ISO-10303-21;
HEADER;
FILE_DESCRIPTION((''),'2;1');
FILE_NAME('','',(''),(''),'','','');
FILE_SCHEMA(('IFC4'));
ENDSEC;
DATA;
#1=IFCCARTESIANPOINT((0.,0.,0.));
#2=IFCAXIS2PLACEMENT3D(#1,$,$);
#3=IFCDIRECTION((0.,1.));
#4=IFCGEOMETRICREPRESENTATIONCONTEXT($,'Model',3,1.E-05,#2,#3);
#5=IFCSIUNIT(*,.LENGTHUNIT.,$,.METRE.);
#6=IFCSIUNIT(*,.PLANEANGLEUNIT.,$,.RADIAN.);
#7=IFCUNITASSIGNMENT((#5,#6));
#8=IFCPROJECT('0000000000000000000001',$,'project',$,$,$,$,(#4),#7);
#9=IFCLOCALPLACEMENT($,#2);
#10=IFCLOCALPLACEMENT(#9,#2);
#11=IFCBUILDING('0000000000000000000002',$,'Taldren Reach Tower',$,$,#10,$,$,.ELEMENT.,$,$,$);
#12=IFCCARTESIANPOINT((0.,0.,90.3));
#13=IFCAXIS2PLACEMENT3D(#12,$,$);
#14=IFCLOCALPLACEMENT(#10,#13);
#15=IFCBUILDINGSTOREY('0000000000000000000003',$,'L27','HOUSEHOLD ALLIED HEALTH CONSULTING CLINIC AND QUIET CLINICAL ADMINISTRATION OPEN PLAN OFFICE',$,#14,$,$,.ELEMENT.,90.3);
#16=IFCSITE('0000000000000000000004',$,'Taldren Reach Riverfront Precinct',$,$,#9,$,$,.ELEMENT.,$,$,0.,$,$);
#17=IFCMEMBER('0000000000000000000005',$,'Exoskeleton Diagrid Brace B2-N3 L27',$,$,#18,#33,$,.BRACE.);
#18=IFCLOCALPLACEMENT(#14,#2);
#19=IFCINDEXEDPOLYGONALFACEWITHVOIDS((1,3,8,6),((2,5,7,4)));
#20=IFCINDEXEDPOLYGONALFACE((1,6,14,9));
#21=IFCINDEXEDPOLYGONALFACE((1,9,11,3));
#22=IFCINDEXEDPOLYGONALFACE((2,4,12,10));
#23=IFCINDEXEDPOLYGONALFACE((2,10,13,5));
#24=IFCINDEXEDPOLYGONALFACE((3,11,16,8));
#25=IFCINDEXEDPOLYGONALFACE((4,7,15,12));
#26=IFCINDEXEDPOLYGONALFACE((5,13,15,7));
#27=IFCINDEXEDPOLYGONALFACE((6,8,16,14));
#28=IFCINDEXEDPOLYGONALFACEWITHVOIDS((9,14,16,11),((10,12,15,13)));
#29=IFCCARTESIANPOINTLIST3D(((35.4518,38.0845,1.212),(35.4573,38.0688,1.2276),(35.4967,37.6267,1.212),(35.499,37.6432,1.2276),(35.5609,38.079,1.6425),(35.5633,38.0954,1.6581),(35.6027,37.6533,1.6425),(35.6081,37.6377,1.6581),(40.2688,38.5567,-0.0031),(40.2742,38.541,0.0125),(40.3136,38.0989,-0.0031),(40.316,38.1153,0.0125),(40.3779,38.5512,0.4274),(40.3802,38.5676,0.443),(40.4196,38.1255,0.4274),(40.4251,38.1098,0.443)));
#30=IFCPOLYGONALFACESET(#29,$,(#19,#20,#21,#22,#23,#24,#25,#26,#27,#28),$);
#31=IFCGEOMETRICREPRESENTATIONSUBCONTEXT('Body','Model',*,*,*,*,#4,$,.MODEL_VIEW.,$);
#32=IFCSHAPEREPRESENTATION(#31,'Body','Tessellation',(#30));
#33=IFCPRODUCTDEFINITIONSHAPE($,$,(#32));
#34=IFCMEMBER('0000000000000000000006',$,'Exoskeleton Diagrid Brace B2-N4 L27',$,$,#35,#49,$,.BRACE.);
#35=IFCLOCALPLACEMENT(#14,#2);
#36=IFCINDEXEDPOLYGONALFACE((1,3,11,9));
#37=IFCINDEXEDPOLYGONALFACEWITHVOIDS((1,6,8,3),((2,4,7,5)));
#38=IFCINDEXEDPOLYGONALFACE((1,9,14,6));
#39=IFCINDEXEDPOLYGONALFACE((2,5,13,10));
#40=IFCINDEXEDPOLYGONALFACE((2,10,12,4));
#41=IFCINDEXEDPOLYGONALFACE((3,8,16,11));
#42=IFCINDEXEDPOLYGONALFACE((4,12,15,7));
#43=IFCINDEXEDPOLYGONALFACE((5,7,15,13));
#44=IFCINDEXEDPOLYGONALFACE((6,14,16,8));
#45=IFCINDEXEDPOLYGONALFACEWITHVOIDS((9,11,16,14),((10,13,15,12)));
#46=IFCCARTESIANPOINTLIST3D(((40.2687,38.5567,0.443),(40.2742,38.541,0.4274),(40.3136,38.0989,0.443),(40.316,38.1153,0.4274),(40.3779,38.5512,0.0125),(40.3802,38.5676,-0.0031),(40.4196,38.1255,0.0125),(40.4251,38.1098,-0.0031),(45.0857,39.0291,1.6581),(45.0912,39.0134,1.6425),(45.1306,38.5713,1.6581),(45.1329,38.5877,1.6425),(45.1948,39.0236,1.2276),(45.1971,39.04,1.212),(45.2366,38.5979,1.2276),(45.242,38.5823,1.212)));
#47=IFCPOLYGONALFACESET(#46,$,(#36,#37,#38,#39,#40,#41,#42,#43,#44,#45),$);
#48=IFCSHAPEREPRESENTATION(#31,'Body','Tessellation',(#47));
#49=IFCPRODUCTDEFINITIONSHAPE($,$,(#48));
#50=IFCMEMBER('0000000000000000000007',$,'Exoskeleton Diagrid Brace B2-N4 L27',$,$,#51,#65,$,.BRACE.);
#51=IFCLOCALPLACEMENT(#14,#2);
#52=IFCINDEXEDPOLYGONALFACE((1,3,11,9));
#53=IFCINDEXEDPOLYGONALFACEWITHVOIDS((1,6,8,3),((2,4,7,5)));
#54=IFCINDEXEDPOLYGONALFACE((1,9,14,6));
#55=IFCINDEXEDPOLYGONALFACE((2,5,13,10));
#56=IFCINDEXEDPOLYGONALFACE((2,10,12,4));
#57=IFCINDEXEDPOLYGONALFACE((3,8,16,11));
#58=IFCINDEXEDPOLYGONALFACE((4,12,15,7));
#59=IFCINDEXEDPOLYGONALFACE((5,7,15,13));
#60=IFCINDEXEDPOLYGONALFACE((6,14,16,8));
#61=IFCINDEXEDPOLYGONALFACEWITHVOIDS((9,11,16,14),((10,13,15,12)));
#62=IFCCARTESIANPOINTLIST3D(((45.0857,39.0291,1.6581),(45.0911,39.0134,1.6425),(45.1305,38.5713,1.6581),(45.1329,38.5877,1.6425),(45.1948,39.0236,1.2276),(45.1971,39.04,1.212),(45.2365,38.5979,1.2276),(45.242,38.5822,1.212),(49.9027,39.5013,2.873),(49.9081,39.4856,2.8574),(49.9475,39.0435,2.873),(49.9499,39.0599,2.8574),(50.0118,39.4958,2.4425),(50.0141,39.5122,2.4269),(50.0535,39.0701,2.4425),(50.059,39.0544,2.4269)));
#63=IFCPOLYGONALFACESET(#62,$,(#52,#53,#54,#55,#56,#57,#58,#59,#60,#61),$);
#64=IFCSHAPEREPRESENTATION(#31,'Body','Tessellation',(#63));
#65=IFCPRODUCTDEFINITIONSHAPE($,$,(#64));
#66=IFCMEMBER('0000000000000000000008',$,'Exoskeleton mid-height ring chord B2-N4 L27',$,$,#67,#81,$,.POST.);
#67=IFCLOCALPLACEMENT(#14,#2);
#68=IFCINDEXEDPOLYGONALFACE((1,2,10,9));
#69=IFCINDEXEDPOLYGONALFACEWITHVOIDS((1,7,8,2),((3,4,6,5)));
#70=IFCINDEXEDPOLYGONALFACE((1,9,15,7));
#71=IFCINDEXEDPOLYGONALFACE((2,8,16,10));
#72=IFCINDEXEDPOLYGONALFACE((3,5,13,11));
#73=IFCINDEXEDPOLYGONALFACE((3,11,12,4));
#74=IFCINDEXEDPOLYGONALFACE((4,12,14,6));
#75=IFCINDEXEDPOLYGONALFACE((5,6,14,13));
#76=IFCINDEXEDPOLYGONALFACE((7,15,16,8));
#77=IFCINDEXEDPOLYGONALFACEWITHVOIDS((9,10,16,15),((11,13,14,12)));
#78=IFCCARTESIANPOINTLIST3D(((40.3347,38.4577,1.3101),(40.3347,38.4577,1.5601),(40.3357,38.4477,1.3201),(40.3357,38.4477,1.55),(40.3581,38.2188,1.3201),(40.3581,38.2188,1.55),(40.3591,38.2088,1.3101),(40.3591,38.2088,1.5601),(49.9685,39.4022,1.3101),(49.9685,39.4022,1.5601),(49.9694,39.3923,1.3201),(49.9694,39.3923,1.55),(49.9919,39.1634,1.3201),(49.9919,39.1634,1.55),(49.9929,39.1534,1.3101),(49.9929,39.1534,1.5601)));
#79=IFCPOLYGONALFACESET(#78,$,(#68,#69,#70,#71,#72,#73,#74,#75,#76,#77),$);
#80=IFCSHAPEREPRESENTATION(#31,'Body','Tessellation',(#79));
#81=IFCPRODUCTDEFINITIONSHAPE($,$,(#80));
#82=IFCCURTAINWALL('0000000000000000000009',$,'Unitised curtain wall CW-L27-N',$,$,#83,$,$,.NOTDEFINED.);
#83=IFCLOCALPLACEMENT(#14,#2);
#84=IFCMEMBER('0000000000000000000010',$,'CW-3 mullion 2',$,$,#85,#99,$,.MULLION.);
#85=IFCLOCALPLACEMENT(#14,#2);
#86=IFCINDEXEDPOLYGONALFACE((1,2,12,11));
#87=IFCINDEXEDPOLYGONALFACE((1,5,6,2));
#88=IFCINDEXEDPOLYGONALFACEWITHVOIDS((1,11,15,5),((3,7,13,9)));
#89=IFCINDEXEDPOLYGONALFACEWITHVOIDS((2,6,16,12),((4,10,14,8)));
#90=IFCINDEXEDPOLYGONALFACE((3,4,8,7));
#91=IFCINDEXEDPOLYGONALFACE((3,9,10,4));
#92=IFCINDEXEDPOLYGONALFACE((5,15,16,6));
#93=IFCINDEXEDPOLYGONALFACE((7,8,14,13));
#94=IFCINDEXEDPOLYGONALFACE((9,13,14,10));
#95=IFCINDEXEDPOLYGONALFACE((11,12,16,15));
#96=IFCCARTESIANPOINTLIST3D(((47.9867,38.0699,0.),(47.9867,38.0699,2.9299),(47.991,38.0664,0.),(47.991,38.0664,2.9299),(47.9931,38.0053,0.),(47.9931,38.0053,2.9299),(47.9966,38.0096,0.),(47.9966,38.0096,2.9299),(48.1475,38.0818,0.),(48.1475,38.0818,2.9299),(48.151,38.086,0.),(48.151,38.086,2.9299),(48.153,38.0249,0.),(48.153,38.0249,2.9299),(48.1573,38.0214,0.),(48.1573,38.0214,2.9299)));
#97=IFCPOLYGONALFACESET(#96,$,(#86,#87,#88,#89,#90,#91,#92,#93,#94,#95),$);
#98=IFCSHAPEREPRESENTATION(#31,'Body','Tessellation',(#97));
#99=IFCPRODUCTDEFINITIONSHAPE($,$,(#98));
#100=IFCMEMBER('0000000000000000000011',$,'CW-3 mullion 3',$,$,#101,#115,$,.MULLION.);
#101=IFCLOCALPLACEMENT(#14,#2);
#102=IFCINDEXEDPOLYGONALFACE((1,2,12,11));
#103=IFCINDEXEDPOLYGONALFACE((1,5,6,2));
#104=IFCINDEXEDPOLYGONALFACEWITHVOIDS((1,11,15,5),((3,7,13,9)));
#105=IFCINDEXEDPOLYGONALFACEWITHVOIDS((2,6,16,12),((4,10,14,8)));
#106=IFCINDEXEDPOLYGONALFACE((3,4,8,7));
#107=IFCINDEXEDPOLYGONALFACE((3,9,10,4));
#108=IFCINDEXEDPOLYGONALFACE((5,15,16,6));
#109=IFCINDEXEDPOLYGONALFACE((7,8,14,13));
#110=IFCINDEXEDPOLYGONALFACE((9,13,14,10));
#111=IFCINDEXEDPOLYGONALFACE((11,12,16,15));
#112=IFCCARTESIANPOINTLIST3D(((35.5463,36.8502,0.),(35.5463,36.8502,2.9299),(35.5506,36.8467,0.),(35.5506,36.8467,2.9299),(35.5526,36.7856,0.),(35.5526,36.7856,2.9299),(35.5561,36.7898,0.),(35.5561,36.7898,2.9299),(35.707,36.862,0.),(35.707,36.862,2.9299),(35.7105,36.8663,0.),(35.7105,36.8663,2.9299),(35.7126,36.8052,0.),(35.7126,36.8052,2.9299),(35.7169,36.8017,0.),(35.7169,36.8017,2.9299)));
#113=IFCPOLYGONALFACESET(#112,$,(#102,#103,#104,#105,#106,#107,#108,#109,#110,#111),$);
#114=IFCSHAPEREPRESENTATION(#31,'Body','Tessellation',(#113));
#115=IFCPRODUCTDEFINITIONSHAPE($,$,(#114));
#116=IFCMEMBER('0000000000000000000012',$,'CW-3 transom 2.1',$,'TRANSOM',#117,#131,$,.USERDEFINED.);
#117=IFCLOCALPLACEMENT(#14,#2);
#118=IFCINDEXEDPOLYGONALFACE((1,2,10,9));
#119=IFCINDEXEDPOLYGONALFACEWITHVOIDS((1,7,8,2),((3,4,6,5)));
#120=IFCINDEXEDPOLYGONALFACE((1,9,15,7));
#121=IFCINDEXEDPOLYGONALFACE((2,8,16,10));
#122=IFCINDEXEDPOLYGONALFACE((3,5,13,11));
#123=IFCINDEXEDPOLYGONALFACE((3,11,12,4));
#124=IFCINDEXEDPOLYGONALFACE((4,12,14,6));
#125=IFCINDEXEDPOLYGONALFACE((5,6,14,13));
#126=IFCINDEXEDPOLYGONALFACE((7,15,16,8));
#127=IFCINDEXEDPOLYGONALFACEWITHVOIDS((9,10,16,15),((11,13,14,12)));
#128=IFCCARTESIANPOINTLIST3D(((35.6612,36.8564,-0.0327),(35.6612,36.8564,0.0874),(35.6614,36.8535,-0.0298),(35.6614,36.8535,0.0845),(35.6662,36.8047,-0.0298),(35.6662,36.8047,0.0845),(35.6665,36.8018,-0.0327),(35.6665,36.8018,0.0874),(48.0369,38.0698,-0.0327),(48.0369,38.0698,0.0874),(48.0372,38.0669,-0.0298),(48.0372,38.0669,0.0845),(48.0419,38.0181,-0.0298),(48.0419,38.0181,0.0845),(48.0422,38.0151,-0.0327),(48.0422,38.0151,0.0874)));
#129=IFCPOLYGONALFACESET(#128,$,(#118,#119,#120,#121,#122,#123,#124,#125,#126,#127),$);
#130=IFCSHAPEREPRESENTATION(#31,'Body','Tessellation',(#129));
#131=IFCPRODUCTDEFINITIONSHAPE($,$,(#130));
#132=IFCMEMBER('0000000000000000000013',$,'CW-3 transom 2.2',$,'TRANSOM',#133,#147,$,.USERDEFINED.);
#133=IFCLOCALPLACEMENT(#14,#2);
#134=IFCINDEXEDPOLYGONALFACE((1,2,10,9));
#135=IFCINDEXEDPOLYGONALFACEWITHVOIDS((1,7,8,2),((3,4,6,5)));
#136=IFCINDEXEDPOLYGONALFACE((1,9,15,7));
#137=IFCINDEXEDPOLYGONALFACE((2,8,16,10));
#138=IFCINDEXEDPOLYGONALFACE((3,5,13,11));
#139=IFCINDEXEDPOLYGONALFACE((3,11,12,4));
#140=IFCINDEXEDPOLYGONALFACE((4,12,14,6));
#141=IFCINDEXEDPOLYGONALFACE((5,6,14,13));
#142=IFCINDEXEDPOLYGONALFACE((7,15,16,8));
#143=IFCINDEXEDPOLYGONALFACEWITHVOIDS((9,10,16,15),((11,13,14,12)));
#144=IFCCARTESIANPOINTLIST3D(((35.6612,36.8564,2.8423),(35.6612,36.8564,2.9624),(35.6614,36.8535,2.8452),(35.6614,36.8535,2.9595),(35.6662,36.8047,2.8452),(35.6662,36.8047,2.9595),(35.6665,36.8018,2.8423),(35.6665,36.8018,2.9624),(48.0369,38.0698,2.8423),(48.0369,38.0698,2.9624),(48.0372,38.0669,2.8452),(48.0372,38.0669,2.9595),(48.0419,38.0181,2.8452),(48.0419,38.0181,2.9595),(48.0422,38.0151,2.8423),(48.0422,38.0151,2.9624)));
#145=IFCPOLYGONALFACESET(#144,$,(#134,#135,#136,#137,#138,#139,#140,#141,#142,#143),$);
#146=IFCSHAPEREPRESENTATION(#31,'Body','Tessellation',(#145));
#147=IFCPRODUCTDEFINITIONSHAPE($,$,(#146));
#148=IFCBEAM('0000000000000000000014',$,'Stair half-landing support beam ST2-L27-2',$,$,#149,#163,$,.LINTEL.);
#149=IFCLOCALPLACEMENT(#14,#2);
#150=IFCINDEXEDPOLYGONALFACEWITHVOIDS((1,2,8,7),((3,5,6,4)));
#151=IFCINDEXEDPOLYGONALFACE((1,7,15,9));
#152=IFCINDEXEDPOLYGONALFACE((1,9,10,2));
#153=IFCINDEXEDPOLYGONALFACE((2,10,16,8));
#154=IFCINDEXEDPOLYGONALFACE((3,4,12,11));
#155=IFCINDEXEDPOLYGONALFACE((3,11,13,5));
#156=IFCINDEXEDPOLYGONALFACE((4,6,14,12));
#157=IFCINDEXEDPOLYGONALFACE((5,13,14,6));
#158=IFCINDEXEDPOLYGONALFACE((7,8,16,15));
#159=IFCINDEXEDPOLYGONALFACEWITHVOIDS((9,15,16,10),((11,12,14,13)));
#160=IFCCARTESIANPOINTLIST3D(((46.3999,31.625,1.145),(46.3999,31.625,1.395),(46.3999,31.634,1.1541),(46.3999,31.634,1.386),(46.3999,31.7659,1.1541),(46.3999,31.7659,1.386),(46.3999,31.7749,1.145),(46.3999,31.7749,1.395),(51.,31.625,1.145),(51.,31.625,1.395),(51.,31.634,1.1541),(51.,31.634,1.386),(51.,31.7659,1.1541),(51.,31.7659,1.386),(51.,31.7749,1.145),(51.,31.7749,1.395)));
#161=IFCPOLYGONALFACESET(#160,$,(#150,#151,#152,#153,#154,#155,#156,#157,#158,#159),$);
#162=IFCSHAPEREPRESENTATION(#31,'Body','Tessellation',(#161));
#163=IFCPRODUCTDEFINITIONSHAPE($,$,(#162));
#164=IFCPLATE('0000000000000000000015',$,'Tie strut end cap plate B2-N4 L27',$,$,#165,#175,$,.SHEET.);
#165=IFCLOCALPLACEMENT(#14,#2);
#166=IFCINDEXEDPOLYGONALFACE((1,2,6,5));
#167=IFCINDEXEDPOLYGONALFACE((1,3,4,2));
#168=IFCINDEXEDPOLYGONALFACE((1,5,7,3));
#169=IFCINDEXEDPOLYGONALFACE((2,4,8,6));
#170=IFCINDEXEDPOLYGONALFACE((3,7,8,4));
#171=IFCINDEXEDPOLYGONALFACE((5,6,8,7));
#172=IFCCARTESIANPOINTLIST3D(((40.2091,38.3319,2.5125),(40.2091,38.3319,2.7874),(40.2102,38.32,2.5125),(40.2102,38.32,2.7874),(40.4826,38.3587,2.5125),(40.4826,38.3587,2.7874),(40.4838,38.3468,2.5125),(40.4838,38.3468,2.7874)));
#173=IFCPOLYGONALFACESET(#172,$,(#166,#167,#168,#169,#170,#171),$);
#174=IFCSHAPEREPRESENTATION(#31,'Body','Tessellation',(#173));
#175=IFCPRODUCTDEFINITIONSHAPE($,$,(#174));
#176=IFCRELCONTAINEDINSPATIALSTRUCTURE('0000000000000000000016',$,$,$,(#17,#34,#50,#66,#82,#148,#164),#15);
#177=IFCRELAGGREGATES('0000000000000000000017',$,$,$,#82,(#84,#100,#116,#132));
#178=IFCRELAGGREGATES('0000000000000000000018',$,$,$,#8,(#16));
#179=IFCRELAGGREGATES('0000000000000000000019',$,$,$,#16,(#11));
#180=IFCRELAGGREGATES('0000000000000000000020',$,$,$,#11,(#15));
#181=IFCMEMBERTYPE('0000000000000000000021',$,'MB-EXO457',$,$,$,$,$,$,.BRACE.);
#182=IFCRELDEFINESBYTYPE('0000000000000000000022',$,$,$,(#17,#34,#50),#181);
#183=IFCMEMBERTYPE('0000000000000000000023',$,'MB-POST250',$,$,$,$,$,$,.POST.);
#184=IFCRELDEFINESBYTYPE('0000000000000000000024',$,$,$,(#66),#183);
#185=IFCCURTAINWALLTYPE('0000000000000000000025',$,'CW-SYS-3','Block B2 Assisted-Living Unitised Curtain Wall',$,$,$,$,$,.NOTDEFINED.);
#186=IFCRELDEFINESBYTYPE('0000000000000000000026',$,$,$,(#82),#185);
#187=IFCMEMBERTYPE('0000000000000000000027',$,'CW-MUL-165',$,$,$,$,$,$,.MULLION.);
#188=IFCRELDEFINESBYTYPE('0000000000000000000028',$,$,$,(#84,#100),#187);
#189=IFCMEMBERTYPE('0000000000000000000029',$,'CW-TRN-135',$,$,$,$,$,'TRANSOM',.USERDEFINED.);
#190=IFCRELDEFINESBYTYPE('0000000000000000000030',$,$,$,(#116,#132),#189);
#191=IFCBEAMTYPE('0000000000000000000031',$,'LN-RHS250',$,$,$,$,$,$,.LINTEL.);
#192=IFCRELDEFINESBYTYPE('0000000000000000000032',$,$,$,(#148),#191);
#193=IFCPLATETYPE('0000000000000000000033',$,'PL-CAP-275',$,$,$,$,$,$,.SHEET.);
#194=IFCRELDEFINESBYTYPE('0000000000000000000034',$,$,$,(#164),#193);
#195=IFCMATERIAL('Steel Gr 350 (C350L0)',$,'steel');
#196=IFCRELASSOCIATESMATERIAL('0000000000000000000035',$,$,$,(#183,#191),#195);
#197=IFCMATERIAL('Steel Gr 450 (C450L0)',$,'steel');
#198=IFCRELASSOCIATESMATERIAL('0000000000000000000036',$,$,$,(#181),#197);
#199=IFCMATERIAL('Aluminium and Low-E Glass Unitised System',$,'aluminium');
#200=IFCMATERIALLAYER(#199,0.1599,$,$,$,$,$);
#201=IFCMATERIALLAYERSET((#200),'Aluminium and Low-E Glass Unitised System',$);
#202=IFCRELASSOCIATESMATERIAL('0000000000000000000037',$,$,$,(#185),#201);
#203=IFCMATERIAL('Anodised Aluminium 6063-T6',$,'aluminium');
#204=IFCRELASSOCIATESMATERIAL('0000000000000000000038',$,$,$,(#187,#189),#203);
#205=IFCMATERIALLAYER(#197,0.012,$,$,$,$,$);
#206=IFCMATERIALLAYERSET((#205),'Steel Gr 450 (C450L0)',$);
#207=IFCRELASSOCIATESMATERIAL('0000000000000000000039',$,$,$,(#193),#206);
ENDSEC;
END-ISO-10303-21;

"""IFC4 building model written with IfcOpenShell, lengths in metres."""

from ifc_helpers import new_model, si_unit, direction, frame, origin, origin_2d, place, context, subcontext, project, spatial, rectangle, hollow_rectangle, extrude, source, transform, mapped, material, layer, layer_set, material_profile, profile_set, type_object, element, aggregate, save


model = new_model("IFC4")

# Units and contexts
model_context = context("Model", 3, precision=1e-05, world=origin(), true_north=direction((0.0, 1.0)))
body_context = subcontext(model_context, "Body", "Model", "MODEL_VIEW")
ifc_project = project(units=[si_unit("LENGTHUNIT", "METRE"), si_unit("PLANEANGLEUNIT", "RADIAN")], contexts=[model_context])

# Site, building, storey
site_placement = place(None, origin())
site = spatial("IfcSite", under=ifc_project, at=site_placement, Name="Taldren Reach Riverfront Precinct", CompositionType="ELEMENT", RefElevation=0.0)
building_placement = place(site_placement, origin())
building = spatial("IfcBuilding", under=site, at=building_placement, Name="Taldren Reach Tower", CompositionType="ELEMENT")
storey_placement = place(building_placement, frame((0.0, 0.0, 90.3)))
storey = spatial("IfcBuildingStorey", under=building, at=storey_placement, Name="L27", Description="HOUSEHOLD ALLIED HEALTH CONSULTING CLINIC AND QUIET CLINICAL ADMINISTRATION OPEN PLAN OFFICE", CompositionType="ELEMENT", Elevation=90.3)

# Shared definitions
ifc_material_1 = material(Name="Steel Gr 450 (C450L0)", Category="steel")
ifc_material_2 = material(Name="Steel Gr 350 (C350L0)", Category="steel")
ifc_material_profile_1 = material_profile(ifc_material_2, hollow_rectangle(XDim=0.25, YDim=0.25, WallThickness=0.01, at=origin_2d()), Name="250x250x10.0SHS")
ifc_profile_set_1 = profile_set([ifc_material_profile_1], Name="Steel Gr 350 (C350L0)")
member_type_1 = type_object("IfcMemberType", Name="MB-POST250", PredefinedType="POST", material=ifc_profile_set_1)

# Members
ifc_material_profile_2 = material_profile(ifc_material_1, hollow_rectangle(XDim=0.46, YDim=0.46, WallThickness=0.0161, at=origin_2d()), Name="460x460x16.0SHS")
ifc_profile_set_2 = profile_set([ifc_material_profile_2], Name="Steel Gr 450 (C450L0)")
member_type_2 = type_object("IfcMemberType", Name="MB-EXO457", PredefinedType="BRACE", material=ifc_profile_set_2)
shared_shape_1 = source(origin(), body_context, "Body", "SweptSolid", [
    extrude(hollow_rectangle(XDim=0.46, YDim=0.46, WallThickness=0.0161, at=origin_2d()), origin(), (0.0, 0.0, 1.0), 4.9902),
])
for number, where, z_axis, x_axis, name in (
    (1, (40.3469, 38.3333, 0.22), (-0.965276, -0.09462, 0.243496), (0.097556, -0.99523, 0.0), "Exoskeleton Diagrid Brace B2-N3 L27"),
    (2, (40.3469, 38.3333, 0.22), (0.965271, 0.094668, 0.243495), (-0.097606, 0.995225, 0.0), "Exoskeleton Diagrid Brace B2-N4 L27"),
    (3, (45.1638, 38.8057, 1.4351), (0.965287, 0.094621, 0.24345), (-0.097556, 0.99523, 0.0), "Exoskeleton Diagrid Brace B2-N4 L27"),
):
    element("IfcMember", number, at=place(storey_placement, frame(where, z_axis=z_axis, x_axis=x_axis)), inside=storey, type_object=member_type_2, Name=name, PredefinedType="BRACE", context=body_context, shape_type="MappedRepresentation", body=[
        mapped(shared_shape_1, transform((0.0, 0.0, 0.0), scale=1.0)),
    ])
shared_shape_2 = source(origin(), body_context, "Body", "SweptSolid", [
    extrude(hollow_rectangle(XDim=0.25, YDim=0.25, WallThickness=0.01, at=origin_2d()), origin(), (0.0, 0.0, 1.0), 9.6799),
])
member_1_placement = place(storey_placement, frame((40.3469, 38.3333, 1.4351), z_axis=(0.995228, 0.097581, 0.0), x_axis=(-0.097581, 0.995228, 0.0)))
element("IfcMember", 4, at=member_1_placement, inside=storey, type_object=member_type_1, Name="Exoskeleton mid-height ring chord B2-N4 L27", PredefinedType="POST", context=body_context, shape_type="MappedRepresentation", body=[
    mapped(shared_shape_2, transform((0.0, 0.0, 0.0), scale=1.0)),
])

# Curtain wall, members
ifc_material_3 = material(Name="Aluminium and Low-E Glass Unitised System", Category="aluminium")
ifc_layer_1 = layer(ifc_material_3, 0.1599)
ifc_layer_set_1 = layer_set([ifc_layer_1], Name="Aluminium and Low-E Glass Unitised System")
curtain_wall_type = type_object("IfcCurtainWallType", Name="CW-SYS-3", Description="Block B2 Assisted-Living Unitised Curtain Wall", PredefinedType="NOTDEFINED", material=ifc_layer_set_1)
curtain_wall_placement = place(storey_placement, origin())
curtain_wall = element("IfcCurtainWall", 5, at=curtain_wall_placement, inside=storey, type_object=curtain_wall_type, Name="Unitised curtain wall CW-L27-N", PredefinedType="NOTDEFINED")
ifc_material_4 = material(Name="Anodised Aluminium 6063-T6", Category="aluminium")
ifc_material_profile_3 = material_profile(ifc_material_4, hollow_rectangle(XDim=0.0649, YDim=0.165, WallThickness=0.0039, at=origin_2d()), Name="ALU-165x65x4RHS")
ifc_profile_set_3 = profile_set([ifc_material_profile_3], Name="Anodised Aluminium 6063-T6")
member_type_3 = type_object("IfcMemberType", Name="CW-MUL-165", PredefinedType="MULLION", material=ifc_profile_set_3)
shared_shape_3 = source(origin(), body_context, "Body", "SweptSolid", [
    extrude(hollow_rectangle(XDim=0.0649, YDim=0.165, WallThickness=0.0039, at=origin_2d()), origin(), (0.0, 0.0, 1.0), 2.9299),
])
member_2_placement = place(storey_placement, frame((48.072, 38.0457, 0.0), z_axis=(0.0, 0.0, 1.0), x_axis=(0.097583, -0.995227, 0.0)))
member_2 = element("IfcMember", 6, at=member_2_placement, type_object=member_type_3, Name="CW-3 mullion 2", PredefinedType="MULLION", context=body_context, shape_type="MappedRepresentation", body=[
    mapped(shared_shape_3, transform((0.0, 0.0, 0.0), scale=1.0)),
])
member_3_placement = place(storey_placement, frame((35.6316, 36.8259, 0.0), z_axis=(0.0, 0.0, 1.0), x_axis=(0.097583, -0.995227, 0.0)))
member_3 = element("IfcMember", 7, at=member_3_placement, type_object=member_type_3, Name="CW-3 mullion 3", PredefinedType="MULLION", context=body_context, shape_type="MappedRepresentation", body=[
    mapped(shared_shape_3, transform((0.0, 0.0, 0.0), scale=1.0)),
])
ifc_material_profile_4 = material_profile(ifc_material_4, hollow_rectangle(XDim=0.0549, YDim=0.1201, WallThickness=0.0029, at=origin_2d()), Name="ALU-120x55x3RHS")
ifc_profile_set_4 = profile_set([ifc_material_profile_4], Name="Anodised Aluminium 6063-T6")
member_type_4 = type_object("IfcMemberType", Name="CW-TRN-135", ElementType="TRANSOM", PredefinedType="USERDEFINED", material=ifc_profile_set_4)
shared_shape_4 = source(origin(), body_context, "Body", "SweptSolid", [
    extrude(hollow_rectangle(XDim=0.0549, YDim=0.1201, WallThickness=0.0029, at=origin_2d()), origin(), (0.0, 0.0, 1.0), 12.4351),
])
member_4_placement = place(storey_placement, frame((48.0396, 38.0425, 0.0273), z_axis=(-0.995228, -0.097577, 0.0), x_axis=(0.097577, -0.995228, 0.0)))
member_4 = element("IfcMember", 8, at=member_4_placement, type_object=member_type_4, Name="CW-3 transom 2.1", ObjectType="TRANSOM", PredefinedType="USERDEFINED", context=body_context, shape_type="MappedRepresentation", body=[
    mapped(shared_shape_4, transform((0.0, 0.0, 0.0), scale=1.0)),
])
member_5_placement = place(storey_placement, frame((48.0396, 38.0425, 2.9023), z_axis=(-0.995228, -0.097577, 0.0), x_axis=(0.097577, -0.995228, 0.0)))
member_5 = element("IfcMember", 9, at=member_5_placement, type_object=member_type_4, Name="CW-3 transom 2.2", ObjectType="TRANSOM", PredefinedType="USERDEFINED", context=body_context, shape_type="MappedRepresentation", body=[
    mapped(shared_shape_4, transform((0.0, 0.0, 0.0), scale=1.0)),
])

# Beam
ifc_material_profile_5 = material_profile(ifc_material_2, hollow_rectangle(XDim=0.1499, YDim=0.25, WallThickness=0.009, at=origin_2d()), Name="250x150x9.0RHS")
ifc_profile_set_5 = profile_set([ifc_material_profile_5], Name="Steel Gr 350 (C350L0)")
beam_type_1 = type_object("IfcBeamType", Name="LN-RHS250", PredefinedType="LINTEL", material=ifc_profile_set_5)
shared_shape_5 = source(origin(), body_context, "Body", "SweptSolid", [
    extrude(hollow_rectangle(XDim=0.1499, YDim=0.25, WallThickness=0.009, at=origin_2d()), origin(), (0.0, 0.0, 1.0), 4.6001),
])
beam_1_placement = place(storey_placement, frame((46.3999, 31.7, 1.27), z_axis=(1.0, 0.0, 0.0), x_axis=(0.0, 1.0, 0.0)))
element("IfcBeam", 10, at=beam_1_placement, inside=storey, type_object=beam_type_1, Name="Stair half-landing support beam ST2-L27-2", PredefinedType="LINTEL", context=body_context, shape_type="MappedRepresentation", body=[
    mapped(shared_shape_5, transform((0.0, 0.0, 0.0), scale=1.0)),
])

# Plate
ifc_layer_2 = layer(ifc_material_1, 0.012)
ifc_layer_set_2 = layer_set([ifc_layer_2], Name="Steel Gr 450 (C450L0)")
plate_type_1 = type_object("IfcPlateType", Name="PL-CAP-275", PredefinedType="SHEET", material=ifc_layer_set_2)
shared_shape_6 = source(origin(), body_context, "Body", "SweptSolid", [
    extrude(rectangle(XDim=0.2749, YDim=0.012, at=origin_2d()), origin(), (0.0, 0.0, 1.0), 0.2749),
])
plate_1_placement = place(storey_placement, frame((40.3464, 38.3394, 2.5125), z_axis=(0.0, 0.0, 1.0), x_axis=(0.995227, 0.097583, 0.0)))
element("IfcPlate", 11, at=plate_1_placement, inside=storey, type_object=plate_type_1, Name="Tie strut end cap plate B2-N4 L27", PredefinedType="SHEET", context=body_context, shape_type="MappedRepresentation", body=[
    mapped(shared_shape_6, transform((0.0, 0.0, 0.0), scale=1.0)),
])

aggregate(curtain_wall, [member_2, member_3, member_4, member_5])

save(model, "model.ifc")
